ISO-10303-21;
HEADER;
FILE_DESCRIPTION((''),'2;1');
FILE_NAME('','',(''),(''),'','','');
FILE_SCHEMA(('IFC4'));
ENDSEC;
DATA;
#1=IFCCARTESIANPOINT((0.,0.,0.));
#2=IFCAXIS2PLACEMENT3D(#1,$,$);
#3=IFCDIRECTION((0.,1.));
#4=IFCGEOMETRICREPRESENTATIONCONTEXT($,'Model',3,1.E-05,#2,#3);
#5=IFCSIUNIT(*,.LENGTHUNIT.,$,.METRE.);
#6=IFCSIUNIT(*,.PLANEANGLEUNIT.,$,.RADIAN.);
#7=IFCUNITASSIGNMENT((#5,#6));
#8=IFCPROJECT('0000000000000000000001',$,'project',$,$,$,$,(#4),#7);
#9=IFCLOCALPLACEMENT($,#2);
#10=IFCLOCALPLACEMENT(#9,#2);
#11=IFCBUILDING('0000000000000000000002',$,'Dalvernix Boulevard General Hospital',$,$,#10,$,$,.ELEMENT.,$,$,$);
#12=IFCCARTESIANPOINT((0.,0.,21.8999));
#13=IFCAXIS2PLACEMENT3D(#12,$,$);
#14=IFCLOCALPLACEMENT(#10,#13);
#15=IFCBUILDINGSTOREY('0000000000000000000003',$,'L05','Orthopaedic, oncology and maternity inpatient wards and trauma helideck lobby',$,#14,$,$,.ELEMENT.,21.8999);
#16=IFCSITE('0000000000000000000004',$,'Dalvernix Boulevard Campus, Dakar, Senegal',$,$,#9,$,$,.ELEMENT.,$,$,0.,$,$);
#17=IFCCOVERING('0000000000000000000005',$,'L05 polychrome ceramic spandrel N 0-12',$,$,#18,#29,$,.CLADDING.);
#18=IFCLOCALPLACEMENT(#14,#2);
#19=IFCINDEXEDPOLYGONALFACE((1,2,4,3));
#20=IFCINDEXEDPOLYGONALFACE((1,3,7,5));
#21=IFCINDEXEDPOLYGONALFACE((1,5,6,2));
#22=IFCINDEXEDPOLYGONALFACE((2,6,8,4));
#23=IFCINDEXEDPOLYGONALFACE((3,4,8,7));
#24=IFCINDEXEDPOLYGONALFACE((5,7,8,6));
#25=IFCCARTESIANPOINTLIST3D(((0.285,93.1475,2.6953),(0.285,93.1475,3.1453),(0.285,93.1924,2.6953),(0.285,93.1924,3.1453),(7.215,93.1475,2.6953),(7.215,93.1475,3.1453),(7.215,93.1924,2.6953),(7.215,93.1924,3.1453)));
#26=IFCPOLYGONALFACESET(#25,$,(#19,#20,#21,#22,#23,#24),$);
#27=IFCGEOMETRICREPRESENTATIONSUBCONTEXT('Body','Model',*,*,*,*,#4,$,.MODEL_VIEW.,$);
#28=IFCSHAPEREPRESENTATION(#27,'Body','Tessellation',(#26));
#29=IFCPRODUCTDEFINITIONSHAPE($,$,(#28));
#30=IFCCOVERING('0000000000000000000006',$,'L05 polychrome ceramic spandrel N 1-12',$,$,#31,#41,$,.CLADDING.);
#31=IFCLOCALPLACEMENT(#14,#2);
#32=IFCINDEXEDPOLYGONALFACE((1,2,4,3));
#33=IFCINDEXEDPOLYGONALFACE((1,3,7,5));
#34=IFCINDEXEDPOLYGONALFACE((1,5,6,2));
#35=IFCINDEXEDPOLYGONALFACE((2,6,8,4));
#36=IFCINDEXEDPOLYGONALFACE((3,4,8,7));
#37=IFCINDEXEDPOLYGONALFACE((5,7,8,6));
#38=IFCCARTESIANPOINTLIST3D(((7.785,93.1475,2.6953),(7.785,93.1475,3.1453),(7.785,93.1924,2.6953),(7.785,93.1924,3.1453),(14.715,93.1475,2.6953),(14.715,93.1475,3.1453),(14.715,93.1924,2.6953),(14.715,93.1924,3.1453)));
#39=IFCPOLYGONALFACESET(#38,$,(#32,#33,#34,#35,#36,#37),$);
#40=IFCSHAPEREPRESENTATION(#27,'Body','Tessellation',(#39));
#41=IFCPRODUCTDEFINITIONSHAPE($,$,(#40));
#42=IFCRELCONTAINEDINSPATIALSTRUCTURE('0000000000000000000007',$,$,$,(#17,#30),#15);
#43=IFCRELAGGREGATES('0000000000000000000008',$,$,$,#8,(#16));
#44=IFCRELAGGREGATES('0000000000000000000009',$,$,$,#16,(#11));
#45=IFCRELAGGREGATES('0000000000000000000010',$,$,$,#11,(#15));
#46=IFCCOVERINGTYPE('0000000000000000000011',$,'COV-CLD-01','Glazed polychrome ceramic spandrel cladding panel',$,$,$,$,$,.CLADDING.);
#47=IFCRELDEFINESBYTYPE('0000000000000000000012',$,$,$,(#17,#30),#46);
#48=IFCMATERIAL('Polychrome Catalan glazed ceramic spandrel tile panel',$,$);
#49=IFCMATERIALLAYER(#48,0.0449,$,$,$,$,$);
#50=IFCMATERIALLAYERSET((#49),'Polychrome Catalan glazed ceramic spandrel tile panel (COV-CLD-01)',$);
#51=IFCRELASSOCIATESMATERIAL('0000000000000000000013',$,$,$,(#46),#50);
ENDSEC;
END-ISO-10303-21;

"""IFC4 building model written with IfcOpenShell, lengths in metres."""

from ifc_helpers import new_model, si_unit, direction, frame, origin, origin_2d, place, context, subcontext, project, spatial, rectangle, extrude, material, layer, layer_set, type_object, element, save


model = new_model("IFC4")

# Units and contexts
model_context = context("Model", 3, precision=1e-05, world=origin(), true_north=direction((0.0, 1.0)))
body_context = subcontext(model_context, "Body", "Model", "MODEL_VIEW")
ifc_project = project(units=[si_unit("LENGTHUNIT", "METRE"), si_unit("PLANEANGLEUNIT", "RADIAN")], contexts=[model_context])

# Site, building, storey
site_placement = place(None, origin())
site = spatial("IfcSite", under=ifc_project, at=site_placement, Name="Dalvernix Boulevard Campus, Dakar, Senegal", CompositionType="ELEMENT", RefElevation=0.0)
building_placement = place(site_placement, origin())
building = spatial("IfcBuilding", under=site, at=building_placement, Name="Dalvernix Boulevard General Hospital", CompositionType="ELEMENT")
storey_placement = place(building_placement, frame((0.0, 0.0, 21.8999)))
storey = spatial("IfcBuildingStorey", under=building, at=storey_placement, Name="L05", Description="Orthopaedic, oncology and maternity inpatient wards and trauma helideck lobby", CompositionType="ELEMENT", Elevation=21.8999)

# Coverings
ifc_material_1 = material(Name="Polychrome Catalan glazed ceramic spandrel tile panel")
ifc_layer_1 = layer(ifc_material_1, 0.0449)
ifc_layer_set_1 = layer_set([ifc_layer_1], Name="Polychrome Catalan glazed ceramic spandrel tile panel (COV-CLD-01)")
covering_type_1 = type_object("IfcCoveringType", Name="COV-CLD-01", Description="Glazed polychrome ceramic spandrel cladding panel", PredefinedType="CLADDING", material=ifc_layer_set_1)
for number, where, z_axis, x_axis, name in (
    (1, (3.75, 93.1699, 2.6953), (0.0, 0.0, 1.0), (1.0, 0.0, 0.0), "L05 polychrome ceramic spandrel N 0-12"),
    (2, (11.25, 93.1699, 2.6953), (0.0, 0.0, 1.0), (1.0, 0.0, 0.0), "L05 polychrome ceramic spandrel N 1-12"),
):
    element("IfcCovering", number, at=place(storey_placement, frame(where, z_axis=z_axis, x_axis=x_axis)), inside=storey, type_object=covering_type_1, Name=name, PredefinedType="CLADDING", context=body_context, shape_type="SweptSolid", body=[
        extrude(rectangle(XDim=6.9299, YDim=0.0449, at=origin_2d()), origin(), (0.0, 0.0, 1.0), 0.45),
    ])

save(model, "model.ifc")
